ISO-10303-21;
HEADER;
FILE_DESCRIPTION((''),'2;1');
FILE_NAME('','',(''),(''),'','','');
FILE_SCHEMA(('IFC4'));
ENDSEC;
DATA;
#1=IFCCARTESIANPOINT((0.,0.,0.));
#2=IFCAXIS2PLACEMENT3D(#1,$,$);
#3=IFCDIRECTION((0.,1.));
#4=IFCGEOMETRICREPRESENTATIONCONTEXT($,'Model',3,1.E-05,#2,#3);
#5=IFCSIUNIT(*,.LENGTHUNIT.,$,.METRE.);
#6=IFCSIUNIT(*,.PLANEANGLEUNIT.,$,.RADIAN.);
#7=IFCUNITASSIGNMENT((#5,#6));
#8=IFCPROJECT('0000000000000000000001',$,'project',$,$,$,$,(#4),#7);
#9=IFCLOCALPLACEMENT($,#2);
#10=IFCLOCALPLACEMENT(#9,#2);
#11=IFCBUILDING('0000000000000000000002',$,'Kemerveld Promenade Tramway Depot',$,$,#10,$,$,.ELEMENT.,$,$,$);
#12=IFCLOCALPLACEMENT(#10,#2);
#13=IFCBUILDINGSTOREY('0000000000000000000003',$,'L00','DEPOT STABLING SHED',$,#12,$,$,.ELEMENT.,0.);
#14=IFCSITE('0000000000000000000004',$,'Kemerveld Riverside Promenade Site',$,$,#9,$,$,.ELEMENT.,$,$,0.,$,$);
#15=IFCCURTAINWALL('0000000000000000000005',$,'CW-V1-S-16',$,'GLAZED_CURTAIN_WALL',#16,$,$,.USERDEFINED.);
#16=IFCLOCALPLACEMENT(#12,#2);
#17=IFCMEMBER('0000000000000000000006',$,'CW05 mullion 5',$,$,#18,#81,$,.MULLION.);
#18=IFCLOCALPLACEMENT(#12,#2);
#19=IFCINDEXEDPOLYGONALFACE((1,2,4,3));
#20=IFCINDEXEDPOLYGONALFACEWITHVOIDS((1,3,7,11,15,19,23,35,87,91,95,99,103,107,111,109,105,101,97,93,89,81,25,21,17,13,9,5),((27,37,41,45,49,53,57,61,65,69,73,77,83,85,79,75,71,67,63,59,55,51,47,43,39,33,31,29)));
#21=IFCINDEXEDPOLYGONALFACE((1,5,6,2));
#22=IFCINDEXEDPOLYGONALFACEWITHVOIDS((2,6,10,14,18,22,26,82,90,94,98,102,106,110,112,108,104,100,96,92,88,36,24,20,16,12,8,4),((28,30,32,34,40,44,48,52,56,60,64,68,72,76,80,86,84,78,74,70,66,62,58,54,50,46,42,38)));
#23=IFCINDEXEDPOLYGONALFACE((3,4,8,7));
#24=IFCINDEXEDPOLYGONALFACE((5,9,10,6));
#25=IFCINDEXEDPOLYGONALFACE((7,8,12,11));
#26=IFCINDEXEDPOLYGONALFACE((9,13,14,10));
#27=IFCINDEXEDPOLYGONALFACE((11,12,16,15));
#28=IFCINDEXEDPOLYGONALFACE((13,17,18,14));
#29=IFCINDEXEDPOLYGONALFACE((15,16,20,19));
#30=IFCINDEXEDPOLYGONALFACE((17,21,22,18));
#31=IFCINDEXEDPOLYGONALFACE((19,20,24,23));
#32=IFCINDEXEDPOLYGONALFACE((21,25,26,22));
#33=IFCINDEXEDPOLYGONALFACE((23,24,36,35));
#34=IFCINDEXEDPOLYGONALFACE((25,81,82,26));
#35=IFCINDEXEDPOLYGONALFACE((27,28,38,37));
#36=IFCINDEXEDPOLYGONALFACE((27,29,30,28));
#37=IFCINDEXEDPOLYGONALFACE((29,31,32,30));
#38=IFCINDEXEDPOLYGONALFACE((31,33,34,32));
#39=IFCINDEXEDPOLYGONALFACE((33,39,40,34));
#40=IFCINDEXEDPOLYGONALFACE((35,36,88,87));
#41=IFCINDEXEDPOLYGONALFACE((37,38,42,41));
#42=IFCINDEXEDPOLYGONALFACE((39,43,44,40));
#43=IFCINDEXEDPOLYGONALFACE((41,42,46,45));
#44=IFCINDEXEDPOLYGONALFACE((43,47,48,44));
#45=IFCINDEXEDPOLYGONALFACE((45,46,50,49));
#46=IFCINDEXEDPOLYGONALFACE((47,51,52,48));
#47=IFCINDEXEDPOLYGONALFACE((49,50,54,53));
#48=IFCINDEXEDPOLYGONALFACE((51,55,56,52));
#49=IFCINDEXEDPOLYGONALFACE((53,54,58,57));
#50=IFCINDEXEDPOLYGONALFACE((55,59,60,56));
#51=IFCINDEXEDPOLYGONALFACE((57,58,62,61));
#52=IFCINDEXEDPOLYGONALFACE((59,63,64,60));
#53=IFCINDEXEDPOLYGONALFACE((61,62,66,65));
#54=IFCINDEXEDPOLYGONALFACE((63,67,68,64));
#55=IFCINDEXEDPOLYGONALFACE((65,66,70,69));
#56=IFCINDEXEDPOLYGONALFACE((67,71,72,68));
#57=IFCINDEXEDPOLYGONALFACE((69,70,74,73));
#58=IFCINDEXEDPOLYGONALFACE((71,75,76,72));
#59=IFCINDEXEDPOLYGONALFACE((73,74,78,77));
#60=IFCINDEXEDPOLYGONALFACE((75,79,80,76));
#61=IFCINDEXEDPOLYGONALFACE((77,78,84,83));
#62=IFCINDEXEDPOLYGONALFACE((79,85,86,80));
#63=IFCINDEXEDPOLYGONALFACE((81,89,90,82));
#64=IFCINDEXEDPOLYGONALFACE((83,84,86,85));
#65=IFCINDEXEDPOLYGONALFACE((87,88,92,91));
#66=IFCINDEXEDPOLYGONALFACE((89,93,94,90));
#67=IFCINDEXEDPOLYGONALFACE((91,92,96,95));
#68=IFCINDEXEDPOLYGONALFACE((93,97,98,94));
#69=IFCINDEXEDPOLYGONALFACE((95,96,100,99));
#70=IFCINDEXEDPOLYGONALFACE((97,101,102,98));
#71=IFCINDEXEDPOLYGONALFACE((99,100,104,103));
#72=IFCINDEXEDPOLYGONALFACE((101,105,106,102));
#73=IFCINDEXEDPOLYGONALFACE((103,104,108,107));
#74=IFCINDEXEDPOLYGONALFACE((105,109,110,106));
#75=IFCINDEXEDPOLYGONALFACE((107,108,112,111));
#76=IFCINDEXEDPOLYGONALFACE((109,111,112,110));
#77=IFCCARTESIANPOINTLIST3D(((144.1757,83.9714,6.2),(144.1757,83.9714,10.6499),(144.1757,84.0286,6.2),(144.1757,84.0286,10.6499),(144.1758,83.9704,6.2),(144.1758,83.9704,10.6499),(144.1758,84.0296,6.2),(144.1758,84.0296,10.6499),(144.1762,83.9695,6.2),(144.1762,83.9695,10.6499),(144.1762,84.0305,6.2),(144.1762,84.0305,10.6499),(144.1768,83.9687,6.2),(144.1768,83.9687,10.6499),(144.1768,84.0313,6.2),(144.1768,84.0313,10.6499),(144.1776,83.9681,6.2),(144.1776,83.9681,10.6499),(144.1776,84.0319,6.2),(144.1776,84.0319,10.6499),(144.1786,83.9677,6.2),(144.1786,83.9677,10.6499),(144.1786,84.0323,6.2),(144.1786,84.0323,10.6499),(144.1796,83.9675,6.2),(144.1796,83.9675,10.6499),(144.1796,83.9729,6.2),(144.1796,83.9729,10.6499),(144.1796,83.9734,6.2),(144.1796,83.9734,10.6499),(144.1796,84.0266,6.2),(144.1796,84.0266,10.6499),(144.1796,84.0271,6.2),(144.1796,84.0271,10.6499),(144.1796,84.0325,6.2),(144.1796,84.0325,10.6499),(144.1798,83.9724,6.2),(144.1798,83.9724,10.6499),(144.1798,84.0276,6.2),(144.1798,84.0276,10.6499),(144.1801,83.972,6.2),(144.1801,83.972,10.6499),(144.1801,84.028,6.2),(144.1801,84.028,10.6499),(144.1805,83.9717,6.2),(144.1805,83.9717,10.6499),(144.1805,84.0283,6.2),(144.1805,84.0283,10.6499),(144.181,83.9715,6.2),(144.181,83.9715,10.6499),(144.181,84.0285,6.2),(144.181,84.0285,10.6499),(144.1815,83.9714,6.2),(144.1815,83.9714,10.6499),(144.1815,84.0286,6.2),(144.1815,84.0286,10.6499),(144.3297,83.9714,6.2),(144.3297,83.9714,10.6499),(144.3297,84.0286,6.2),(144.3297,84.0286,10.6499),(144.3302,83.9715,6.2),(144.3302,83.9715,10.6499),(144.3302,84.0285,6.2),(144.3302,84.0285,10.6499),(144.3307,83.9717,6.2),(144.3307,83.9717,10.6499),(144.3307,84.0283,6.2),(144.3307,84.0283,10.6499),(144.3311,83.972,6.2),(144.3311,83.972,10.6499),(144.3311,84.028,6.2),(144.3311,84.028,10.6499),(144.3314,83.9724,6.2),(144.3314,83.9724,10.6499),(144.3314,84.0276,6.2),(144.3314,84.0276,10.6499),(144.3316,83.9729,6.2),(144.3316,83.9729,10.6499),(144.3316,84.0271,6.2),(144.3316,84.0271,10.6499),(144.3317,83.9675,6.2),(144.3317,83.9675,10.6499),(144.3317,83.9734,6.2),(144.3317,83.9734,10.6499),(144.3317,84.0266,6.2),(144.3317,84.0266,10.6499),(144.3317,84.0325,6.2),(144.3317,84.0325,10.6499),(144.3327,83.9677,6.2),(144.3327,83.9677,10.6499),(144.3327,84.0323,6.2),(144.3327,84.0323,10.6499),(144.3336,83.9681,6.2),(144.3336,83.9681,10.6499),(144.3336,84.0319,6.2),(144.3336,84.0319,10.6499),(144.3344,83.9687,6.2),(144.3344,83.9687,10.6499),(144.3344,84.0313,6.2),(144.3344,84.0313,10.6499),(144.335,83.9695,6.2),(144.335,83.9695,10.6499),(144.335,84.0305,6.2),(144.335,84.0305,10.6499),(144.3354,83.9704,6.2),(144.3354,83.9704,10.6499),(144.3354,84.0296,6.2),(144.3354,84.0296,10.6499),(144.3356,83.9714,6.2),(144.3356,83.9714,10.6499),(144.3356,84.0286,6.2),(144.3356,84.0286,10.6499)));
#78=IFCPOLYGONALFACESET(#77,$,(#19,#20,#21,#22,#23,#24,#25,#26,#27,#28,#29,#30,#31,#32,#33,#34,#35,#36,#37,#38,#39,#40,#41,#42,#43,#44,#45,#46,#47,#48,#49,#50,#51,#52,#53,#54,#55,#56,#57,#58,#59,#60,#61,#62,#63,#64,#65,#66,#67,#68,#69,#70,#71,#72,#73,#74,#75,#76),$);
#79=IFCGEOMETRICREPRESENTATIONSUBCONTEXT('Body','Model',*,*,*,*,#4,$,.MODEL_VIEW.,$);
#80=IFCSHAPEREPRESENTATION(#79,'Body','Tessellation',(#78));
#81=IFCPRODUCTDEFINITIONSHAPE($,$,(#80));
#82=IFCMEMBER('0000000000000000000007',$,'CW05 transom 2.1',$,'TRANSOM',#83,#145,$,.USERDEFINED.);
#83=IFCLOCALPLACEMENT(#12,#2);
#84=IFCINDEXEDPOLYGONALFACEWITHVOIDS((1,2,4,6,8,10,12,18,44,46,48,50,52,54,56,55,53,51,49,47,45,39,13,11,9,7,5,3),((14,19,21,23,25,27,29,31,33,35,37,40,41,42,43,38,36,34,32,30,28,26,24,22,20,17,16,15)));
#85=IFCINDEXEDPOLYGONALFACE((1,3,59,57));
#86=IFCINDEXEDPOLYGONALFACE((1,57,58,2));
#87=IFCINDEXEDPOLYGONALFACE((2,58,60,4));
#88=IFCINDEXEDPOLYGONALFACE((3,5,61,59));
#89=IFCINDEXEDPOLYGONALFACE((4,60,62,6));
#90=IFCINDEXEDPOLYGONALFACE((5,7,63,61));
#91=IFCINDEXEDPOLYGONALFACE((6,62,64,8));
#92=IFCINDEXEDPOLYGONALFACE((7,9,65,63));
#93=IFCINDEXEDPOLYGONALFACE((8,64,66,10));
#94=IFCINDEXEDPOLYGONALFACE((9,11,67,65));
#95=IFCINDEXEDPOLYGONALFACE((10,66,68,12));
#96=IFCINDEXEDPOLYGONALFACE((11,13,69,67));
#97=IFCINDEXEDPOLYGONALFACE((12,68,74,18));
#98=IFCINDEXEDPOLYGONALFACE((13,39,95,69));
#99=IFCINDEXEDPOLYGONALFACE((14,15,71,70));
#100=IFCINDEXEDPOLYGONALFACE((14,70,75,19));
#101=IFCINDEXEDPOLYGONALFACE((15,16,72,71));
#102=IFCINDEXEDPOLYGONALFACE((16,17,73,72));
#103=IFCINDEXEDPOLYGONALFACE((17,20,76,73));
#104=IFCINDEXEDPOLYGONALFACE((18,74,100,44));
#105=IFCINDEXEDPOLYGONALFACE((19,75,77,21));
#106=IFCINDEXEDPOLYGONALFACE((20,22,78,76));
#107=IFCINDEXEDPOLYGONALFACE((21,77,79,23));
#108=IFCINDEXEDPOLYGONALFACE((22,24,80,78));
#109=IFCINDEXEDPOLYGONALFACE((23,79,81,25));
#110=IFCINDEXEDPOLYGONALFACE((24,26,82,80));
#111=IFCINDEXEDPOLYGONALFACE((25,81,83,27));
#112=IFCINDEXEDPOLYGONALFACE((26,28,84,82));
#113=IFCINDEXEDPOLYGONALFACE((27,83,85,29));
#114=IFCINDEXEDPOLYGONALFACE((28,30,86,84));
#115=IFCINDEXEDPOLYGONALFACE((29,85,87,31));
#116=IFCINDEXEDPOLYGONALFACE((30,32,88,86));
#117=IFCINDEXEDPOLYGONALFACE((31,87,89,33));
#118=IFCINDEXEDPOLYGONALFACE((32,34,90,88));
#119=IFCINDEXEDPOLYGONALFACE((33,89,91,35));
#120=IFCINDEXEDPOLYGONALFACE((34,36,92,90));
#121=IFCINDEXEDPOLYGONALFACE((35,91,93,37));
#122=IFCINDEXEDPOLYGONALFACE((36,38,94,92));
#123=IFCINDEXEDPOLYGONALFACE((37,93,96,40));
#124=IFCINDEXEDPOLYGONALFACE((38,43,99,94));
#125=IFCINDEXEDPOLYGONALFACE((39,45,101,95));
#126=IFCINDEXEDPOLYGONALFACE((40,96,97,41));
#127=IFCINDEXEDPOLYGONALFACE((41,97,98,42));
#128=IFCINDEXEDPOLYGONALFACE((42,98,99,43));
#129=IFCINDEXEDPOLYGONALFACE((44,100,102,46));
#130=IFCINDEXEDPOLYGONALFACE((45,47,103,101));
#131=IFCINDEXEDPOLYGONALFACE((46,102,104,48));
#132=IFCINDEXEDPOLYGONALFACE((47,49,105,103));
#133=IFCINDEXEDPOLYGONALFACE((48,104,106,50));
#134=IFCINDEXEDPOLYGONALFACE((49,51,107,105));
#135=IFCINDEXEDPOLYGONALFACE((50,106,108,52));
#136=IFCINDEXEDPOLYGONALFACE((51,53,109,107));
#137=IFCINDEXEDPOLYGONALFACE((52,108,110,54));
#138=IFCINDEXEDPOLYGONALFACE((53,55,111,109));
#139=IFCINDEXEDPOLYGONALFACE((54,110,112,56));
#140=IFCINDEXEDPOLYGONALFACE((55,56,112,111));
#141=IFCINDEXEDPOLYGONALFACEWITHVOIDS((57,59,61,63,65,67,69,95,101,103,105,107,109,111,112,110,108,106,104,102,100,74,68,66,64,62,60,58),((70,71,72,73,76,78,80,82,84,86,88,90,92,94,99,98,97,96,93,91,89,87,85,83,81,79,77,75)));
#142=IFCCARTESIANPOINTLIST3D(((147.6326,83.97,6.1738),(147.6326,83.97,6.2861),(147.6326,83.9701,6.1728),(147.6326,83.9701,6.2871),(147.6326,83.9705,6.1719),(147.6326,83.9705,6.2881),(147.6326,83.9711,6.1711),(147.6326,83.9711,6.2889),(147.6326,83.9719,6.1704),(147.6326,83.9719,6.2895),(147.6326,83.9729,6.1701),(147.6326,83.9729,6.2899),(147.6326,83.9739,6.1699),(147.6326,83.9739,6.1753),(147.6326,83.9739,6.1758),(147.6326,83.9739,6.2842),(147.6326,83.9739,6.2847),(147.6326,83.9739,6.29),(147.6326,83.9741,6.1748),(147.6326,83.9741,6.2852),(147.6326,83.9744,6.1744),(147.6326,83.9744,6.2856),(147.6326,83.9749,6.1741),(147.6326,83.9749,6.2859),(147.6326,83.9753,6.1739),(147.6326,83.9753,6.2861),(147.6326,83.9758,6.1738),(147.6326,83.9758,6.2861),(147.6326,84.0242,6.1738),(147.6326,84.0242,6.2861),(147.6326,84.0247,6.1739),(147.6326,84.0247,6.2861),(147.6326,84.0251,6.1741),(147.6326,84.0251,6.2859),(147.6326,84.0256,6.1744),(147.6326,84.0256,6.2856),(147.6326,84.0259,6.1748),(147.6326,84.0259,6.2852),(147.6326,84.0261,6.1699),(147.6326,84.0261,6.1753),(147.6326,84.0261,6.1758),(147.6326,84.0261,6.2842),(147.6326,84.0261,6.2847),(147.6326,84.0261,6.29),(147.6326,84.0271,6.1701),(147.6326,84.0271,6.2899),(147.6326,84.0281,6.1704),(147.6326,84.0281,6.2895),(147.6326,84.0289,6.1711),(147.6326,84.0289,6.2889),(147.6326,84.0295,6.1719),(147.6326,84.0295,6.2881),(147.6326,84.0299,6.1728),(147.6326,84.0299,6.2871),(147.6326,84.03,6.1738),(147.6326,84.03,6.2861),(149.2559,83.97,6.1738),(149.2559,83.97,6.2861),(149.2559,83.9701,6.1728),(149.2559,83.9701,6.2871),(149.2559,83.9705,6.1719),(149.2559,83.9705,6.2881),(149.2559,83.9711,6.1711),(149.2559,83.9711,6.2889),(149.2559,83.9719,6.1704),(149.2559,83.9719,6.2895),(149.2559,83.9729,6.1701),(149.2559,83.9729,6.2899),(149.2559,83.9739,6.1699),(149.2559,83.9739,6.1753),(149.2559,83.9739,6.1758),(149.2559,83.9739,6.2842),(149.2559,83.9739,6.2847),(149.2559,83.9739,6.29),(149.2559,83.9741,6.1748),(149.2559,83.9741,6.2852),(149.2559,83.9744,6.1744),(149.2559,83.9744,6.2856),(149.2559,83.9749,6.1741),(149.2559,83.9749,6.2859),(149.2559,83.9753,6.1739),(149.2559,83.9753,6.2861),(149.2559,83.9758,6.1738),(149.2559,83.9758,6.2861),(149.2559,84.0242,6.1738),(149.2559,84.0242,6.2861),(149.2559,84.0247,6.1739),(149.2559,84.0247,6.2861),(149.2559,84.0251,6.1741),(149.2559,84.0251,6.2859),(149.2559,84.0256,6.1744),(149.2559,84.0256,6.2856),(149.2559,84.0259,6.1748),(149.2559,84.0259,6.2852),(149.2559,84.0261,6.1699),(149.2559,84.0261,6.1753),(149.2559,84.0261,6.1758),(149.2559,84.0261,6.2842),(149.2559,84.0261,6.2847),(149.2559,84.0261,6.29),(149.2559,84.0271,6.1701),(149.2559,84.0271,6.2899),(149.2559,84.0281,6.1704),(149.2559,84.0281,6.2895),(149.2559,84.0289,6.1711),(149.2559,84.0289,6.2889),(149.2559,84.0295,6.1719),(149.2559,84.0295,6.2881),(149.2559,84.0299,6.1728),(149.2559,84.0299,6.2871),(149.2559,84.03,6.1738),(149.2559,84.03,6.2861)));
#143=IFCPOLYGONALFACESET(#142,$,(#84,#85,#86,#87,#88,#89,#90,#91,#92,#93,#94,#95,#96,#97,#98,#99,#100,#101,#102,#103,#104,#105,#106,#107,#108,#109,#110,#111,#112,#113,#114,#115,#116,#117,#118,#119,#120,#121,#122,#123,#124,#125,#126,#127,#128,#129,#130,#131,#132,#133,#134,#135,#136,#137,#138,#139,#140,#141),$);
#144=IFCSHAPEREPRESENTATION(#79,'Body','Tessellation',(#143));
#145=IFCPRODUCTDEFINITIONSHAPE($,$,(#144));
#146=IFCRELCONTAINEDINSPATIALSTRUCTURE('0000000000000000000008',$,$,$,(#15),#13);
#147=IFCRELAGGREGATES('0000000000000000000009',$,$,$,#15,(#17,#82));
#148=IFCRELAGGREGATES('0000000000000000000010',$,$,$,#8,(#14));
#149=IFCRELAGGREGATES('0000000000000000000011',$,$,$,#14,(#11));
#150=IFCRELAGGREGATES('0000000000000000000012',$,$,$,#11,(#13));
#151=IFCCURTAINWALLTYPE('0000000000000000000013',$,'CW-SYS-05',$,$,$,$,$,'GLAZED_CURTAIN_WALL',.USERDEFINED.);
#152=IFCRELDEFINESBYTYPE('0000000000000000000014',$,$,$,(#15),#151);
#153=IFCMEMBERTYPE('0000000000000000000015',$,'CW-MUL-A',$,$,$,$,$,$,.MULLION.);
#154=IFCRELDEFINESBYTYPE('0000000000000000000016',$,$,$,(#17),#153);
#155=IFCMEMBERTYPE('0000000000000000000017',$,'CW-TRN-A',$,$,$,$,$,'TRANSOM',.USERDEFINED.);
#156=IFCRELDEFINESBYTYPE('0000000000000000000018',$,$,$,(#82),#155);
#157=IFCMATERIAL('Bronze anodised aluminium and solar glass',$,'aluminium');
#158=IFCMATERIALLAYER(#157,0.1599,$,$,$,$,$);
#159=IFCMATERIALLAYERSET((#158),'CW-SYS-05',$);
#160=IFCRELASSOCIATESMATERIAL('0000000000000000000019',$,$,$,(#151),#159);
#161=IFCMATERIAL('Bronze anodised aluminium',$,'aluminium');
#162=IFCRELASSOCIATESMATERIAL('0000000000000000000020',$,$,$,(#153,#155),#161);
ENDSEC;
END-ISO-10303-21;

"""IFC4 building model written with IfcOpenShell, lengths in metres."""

from ifc_helpers import new_model, si_unit, direction, frame, origin, origin_2d, place, context, subcontext, project, spatial, hollow_rectangle, extrude, material, layer, layer_set, material_profile, profile_set, type_object, element, aggregate, save


model = new_model("IFC4")

# Units and contexts
model_context = context("Model", 3, precision=1e-05, world=origin(), true_north=direction((0.0, 1.0)))
body_context = subcontext(model_context, "Body", "Model", "MODEL_VIEW")
ifc_project = project(units=[si_unit("LENGTHUNIT", "METRE"), si_unit("PLANEANGLEUNIT", "RADIAN")], contexts=[model_context])

# Site, building, storey
site_placement = place(None, origin())
site = spatial("IfcSite", under=ifc_project, at=site_placement, Name="Kemerveld Riverside Promenade Site", CompositionType="ELEMENT", RefElevation=0.0)
building_placement = place(site_placement, origin())
building = spatial("IfcBuilding", under=site, at=building_placement, Name="Kemerveld Promenade Tramway Depot", CompositionType="ELEMENT")
storey_placement = place(building_placement, origin())
storey = spatial("IfcBuildingStorey", under=building, at=storey_placement, Name="L00", Description="DEPOT STABLING SHED", CompositionType="ELEMENT", Elevation=0.0)

# Curtain wall, members
ifc_material_1 = material(Name="Bronze anodised aluminium and solar glass", Category="aluminium")
ifc_layer_1 = layer(ifc_material_1, 0.1599)
ifc_layer_set_1 = layer_set([ifc_layer_1], Name="CW-SYS-05")
curtain_wall_type = type_object("IfcCurtainWallType", Name="CW-SYS-05", ElementType="GLAZED_CURTAIN_WALL", PredefinedType="USERDEFINED", material=ifc_layer_set_1)
curtain_wall_placement = place(storey_placement, origin())
curtain_wall = element("IfcCurtainWall", 1, at=curtain_wall_placement, inside=storey, type_object=curtain_wall_type, Name="CW-V1-S-16", ObjectType="GLAZED_CURTAIN_WALL", PredefinedType="USERDEFINED")
ifc_material_2 = material(Name="Bronze anodised aluminium", Category="aluminium")
ifc_material_profile_1 = material_profile(ifc_material_2, hollow_rectangle(XDim=0.0649, YDim=0.1599, WallThickness=0.0039, InnerFilletRadius=0.002, OuterFilletRadius=0.0039, at=origin_2d()), Name="CW-MUL-160x65")
ifc_profile_set_1 = profile_set([ifc_material_profile_1], Name="Bronze anodised aluminium")
member_type_1 = type_object("IfcMemberType", Name="CW-MUL-A", PredefinedType="MULLION", material=ifc_profile_set_1)
member_1_placement = place(storey_placement, frame((144.2556, 84.0, 6.2), z_axis=(0.0, 0.0, 1.0), x_axis=(0.0, -1.0, 0.0)))
member_1 = element("IfcMember", 2, at=member_1_placement, type_object=member_type_1, Name="CW05 mullion 5", PredefinedType="MULLION", context=body_context, shape_type="SweptSolid", body=[
    extrude(hollow_rectangle(XDim=0.0649, YDim=0.1599, WallThickness=0.0039, InnerFilletRadius=0.002, OuterFilletRadius=0.0039, at=origin_2d()), origin(), (0.0, 0.0, 1.0), 4.45),
])
ifc_material_profile_2 = material_profile(ifc_material_2, hollow_rectangle(XDim=0.0601, YDim=0.1201, WallThickness=0.0039, InnerFilletRadius=0.002, OuterFilletRadius=0.0039, at=origin_2d()), Name="CW-TRN-120x60")
ifc_profile_set_2 = profile_set([ifc_material_profile_2], Name="Bronze anodised aluminium")
member_type_2 = type_object("IfcMemberType", Name="CW-TRN-A", ElementType="TRANSOM", PredefinedType="USERDEFINED", material=ifc_profile_set_2)
member_2_placement = place(storey_placement, frame((149.2559, 84.0, 6.23), z_axis=(-1.0, 0.0, 0.0), x_axis=(0.0, -1.0, 0.0)))
member_2 = element("IfcMember", 3, at=member_2_placement, type_object=member_type_2, Name="CW05 transom 2.1", ObjectType="TRANSOM", PredefinedType="USERDEFINED", context=body_context, shape_type="SweptSolid", body=[
    extrude(hollow_rectangle(XDim=0.0601, YDim=0.1201, WallThickness=0.0039, InnerFilletRadius=0.002, OuterFilletRadius=0.0039, at=origin_2d()), origin(), (0.0, 0.0, 1.0), 1.6233),
])

aggregate(curtain_wall, [member_1, member_2])

save(model, "model.ifc")
